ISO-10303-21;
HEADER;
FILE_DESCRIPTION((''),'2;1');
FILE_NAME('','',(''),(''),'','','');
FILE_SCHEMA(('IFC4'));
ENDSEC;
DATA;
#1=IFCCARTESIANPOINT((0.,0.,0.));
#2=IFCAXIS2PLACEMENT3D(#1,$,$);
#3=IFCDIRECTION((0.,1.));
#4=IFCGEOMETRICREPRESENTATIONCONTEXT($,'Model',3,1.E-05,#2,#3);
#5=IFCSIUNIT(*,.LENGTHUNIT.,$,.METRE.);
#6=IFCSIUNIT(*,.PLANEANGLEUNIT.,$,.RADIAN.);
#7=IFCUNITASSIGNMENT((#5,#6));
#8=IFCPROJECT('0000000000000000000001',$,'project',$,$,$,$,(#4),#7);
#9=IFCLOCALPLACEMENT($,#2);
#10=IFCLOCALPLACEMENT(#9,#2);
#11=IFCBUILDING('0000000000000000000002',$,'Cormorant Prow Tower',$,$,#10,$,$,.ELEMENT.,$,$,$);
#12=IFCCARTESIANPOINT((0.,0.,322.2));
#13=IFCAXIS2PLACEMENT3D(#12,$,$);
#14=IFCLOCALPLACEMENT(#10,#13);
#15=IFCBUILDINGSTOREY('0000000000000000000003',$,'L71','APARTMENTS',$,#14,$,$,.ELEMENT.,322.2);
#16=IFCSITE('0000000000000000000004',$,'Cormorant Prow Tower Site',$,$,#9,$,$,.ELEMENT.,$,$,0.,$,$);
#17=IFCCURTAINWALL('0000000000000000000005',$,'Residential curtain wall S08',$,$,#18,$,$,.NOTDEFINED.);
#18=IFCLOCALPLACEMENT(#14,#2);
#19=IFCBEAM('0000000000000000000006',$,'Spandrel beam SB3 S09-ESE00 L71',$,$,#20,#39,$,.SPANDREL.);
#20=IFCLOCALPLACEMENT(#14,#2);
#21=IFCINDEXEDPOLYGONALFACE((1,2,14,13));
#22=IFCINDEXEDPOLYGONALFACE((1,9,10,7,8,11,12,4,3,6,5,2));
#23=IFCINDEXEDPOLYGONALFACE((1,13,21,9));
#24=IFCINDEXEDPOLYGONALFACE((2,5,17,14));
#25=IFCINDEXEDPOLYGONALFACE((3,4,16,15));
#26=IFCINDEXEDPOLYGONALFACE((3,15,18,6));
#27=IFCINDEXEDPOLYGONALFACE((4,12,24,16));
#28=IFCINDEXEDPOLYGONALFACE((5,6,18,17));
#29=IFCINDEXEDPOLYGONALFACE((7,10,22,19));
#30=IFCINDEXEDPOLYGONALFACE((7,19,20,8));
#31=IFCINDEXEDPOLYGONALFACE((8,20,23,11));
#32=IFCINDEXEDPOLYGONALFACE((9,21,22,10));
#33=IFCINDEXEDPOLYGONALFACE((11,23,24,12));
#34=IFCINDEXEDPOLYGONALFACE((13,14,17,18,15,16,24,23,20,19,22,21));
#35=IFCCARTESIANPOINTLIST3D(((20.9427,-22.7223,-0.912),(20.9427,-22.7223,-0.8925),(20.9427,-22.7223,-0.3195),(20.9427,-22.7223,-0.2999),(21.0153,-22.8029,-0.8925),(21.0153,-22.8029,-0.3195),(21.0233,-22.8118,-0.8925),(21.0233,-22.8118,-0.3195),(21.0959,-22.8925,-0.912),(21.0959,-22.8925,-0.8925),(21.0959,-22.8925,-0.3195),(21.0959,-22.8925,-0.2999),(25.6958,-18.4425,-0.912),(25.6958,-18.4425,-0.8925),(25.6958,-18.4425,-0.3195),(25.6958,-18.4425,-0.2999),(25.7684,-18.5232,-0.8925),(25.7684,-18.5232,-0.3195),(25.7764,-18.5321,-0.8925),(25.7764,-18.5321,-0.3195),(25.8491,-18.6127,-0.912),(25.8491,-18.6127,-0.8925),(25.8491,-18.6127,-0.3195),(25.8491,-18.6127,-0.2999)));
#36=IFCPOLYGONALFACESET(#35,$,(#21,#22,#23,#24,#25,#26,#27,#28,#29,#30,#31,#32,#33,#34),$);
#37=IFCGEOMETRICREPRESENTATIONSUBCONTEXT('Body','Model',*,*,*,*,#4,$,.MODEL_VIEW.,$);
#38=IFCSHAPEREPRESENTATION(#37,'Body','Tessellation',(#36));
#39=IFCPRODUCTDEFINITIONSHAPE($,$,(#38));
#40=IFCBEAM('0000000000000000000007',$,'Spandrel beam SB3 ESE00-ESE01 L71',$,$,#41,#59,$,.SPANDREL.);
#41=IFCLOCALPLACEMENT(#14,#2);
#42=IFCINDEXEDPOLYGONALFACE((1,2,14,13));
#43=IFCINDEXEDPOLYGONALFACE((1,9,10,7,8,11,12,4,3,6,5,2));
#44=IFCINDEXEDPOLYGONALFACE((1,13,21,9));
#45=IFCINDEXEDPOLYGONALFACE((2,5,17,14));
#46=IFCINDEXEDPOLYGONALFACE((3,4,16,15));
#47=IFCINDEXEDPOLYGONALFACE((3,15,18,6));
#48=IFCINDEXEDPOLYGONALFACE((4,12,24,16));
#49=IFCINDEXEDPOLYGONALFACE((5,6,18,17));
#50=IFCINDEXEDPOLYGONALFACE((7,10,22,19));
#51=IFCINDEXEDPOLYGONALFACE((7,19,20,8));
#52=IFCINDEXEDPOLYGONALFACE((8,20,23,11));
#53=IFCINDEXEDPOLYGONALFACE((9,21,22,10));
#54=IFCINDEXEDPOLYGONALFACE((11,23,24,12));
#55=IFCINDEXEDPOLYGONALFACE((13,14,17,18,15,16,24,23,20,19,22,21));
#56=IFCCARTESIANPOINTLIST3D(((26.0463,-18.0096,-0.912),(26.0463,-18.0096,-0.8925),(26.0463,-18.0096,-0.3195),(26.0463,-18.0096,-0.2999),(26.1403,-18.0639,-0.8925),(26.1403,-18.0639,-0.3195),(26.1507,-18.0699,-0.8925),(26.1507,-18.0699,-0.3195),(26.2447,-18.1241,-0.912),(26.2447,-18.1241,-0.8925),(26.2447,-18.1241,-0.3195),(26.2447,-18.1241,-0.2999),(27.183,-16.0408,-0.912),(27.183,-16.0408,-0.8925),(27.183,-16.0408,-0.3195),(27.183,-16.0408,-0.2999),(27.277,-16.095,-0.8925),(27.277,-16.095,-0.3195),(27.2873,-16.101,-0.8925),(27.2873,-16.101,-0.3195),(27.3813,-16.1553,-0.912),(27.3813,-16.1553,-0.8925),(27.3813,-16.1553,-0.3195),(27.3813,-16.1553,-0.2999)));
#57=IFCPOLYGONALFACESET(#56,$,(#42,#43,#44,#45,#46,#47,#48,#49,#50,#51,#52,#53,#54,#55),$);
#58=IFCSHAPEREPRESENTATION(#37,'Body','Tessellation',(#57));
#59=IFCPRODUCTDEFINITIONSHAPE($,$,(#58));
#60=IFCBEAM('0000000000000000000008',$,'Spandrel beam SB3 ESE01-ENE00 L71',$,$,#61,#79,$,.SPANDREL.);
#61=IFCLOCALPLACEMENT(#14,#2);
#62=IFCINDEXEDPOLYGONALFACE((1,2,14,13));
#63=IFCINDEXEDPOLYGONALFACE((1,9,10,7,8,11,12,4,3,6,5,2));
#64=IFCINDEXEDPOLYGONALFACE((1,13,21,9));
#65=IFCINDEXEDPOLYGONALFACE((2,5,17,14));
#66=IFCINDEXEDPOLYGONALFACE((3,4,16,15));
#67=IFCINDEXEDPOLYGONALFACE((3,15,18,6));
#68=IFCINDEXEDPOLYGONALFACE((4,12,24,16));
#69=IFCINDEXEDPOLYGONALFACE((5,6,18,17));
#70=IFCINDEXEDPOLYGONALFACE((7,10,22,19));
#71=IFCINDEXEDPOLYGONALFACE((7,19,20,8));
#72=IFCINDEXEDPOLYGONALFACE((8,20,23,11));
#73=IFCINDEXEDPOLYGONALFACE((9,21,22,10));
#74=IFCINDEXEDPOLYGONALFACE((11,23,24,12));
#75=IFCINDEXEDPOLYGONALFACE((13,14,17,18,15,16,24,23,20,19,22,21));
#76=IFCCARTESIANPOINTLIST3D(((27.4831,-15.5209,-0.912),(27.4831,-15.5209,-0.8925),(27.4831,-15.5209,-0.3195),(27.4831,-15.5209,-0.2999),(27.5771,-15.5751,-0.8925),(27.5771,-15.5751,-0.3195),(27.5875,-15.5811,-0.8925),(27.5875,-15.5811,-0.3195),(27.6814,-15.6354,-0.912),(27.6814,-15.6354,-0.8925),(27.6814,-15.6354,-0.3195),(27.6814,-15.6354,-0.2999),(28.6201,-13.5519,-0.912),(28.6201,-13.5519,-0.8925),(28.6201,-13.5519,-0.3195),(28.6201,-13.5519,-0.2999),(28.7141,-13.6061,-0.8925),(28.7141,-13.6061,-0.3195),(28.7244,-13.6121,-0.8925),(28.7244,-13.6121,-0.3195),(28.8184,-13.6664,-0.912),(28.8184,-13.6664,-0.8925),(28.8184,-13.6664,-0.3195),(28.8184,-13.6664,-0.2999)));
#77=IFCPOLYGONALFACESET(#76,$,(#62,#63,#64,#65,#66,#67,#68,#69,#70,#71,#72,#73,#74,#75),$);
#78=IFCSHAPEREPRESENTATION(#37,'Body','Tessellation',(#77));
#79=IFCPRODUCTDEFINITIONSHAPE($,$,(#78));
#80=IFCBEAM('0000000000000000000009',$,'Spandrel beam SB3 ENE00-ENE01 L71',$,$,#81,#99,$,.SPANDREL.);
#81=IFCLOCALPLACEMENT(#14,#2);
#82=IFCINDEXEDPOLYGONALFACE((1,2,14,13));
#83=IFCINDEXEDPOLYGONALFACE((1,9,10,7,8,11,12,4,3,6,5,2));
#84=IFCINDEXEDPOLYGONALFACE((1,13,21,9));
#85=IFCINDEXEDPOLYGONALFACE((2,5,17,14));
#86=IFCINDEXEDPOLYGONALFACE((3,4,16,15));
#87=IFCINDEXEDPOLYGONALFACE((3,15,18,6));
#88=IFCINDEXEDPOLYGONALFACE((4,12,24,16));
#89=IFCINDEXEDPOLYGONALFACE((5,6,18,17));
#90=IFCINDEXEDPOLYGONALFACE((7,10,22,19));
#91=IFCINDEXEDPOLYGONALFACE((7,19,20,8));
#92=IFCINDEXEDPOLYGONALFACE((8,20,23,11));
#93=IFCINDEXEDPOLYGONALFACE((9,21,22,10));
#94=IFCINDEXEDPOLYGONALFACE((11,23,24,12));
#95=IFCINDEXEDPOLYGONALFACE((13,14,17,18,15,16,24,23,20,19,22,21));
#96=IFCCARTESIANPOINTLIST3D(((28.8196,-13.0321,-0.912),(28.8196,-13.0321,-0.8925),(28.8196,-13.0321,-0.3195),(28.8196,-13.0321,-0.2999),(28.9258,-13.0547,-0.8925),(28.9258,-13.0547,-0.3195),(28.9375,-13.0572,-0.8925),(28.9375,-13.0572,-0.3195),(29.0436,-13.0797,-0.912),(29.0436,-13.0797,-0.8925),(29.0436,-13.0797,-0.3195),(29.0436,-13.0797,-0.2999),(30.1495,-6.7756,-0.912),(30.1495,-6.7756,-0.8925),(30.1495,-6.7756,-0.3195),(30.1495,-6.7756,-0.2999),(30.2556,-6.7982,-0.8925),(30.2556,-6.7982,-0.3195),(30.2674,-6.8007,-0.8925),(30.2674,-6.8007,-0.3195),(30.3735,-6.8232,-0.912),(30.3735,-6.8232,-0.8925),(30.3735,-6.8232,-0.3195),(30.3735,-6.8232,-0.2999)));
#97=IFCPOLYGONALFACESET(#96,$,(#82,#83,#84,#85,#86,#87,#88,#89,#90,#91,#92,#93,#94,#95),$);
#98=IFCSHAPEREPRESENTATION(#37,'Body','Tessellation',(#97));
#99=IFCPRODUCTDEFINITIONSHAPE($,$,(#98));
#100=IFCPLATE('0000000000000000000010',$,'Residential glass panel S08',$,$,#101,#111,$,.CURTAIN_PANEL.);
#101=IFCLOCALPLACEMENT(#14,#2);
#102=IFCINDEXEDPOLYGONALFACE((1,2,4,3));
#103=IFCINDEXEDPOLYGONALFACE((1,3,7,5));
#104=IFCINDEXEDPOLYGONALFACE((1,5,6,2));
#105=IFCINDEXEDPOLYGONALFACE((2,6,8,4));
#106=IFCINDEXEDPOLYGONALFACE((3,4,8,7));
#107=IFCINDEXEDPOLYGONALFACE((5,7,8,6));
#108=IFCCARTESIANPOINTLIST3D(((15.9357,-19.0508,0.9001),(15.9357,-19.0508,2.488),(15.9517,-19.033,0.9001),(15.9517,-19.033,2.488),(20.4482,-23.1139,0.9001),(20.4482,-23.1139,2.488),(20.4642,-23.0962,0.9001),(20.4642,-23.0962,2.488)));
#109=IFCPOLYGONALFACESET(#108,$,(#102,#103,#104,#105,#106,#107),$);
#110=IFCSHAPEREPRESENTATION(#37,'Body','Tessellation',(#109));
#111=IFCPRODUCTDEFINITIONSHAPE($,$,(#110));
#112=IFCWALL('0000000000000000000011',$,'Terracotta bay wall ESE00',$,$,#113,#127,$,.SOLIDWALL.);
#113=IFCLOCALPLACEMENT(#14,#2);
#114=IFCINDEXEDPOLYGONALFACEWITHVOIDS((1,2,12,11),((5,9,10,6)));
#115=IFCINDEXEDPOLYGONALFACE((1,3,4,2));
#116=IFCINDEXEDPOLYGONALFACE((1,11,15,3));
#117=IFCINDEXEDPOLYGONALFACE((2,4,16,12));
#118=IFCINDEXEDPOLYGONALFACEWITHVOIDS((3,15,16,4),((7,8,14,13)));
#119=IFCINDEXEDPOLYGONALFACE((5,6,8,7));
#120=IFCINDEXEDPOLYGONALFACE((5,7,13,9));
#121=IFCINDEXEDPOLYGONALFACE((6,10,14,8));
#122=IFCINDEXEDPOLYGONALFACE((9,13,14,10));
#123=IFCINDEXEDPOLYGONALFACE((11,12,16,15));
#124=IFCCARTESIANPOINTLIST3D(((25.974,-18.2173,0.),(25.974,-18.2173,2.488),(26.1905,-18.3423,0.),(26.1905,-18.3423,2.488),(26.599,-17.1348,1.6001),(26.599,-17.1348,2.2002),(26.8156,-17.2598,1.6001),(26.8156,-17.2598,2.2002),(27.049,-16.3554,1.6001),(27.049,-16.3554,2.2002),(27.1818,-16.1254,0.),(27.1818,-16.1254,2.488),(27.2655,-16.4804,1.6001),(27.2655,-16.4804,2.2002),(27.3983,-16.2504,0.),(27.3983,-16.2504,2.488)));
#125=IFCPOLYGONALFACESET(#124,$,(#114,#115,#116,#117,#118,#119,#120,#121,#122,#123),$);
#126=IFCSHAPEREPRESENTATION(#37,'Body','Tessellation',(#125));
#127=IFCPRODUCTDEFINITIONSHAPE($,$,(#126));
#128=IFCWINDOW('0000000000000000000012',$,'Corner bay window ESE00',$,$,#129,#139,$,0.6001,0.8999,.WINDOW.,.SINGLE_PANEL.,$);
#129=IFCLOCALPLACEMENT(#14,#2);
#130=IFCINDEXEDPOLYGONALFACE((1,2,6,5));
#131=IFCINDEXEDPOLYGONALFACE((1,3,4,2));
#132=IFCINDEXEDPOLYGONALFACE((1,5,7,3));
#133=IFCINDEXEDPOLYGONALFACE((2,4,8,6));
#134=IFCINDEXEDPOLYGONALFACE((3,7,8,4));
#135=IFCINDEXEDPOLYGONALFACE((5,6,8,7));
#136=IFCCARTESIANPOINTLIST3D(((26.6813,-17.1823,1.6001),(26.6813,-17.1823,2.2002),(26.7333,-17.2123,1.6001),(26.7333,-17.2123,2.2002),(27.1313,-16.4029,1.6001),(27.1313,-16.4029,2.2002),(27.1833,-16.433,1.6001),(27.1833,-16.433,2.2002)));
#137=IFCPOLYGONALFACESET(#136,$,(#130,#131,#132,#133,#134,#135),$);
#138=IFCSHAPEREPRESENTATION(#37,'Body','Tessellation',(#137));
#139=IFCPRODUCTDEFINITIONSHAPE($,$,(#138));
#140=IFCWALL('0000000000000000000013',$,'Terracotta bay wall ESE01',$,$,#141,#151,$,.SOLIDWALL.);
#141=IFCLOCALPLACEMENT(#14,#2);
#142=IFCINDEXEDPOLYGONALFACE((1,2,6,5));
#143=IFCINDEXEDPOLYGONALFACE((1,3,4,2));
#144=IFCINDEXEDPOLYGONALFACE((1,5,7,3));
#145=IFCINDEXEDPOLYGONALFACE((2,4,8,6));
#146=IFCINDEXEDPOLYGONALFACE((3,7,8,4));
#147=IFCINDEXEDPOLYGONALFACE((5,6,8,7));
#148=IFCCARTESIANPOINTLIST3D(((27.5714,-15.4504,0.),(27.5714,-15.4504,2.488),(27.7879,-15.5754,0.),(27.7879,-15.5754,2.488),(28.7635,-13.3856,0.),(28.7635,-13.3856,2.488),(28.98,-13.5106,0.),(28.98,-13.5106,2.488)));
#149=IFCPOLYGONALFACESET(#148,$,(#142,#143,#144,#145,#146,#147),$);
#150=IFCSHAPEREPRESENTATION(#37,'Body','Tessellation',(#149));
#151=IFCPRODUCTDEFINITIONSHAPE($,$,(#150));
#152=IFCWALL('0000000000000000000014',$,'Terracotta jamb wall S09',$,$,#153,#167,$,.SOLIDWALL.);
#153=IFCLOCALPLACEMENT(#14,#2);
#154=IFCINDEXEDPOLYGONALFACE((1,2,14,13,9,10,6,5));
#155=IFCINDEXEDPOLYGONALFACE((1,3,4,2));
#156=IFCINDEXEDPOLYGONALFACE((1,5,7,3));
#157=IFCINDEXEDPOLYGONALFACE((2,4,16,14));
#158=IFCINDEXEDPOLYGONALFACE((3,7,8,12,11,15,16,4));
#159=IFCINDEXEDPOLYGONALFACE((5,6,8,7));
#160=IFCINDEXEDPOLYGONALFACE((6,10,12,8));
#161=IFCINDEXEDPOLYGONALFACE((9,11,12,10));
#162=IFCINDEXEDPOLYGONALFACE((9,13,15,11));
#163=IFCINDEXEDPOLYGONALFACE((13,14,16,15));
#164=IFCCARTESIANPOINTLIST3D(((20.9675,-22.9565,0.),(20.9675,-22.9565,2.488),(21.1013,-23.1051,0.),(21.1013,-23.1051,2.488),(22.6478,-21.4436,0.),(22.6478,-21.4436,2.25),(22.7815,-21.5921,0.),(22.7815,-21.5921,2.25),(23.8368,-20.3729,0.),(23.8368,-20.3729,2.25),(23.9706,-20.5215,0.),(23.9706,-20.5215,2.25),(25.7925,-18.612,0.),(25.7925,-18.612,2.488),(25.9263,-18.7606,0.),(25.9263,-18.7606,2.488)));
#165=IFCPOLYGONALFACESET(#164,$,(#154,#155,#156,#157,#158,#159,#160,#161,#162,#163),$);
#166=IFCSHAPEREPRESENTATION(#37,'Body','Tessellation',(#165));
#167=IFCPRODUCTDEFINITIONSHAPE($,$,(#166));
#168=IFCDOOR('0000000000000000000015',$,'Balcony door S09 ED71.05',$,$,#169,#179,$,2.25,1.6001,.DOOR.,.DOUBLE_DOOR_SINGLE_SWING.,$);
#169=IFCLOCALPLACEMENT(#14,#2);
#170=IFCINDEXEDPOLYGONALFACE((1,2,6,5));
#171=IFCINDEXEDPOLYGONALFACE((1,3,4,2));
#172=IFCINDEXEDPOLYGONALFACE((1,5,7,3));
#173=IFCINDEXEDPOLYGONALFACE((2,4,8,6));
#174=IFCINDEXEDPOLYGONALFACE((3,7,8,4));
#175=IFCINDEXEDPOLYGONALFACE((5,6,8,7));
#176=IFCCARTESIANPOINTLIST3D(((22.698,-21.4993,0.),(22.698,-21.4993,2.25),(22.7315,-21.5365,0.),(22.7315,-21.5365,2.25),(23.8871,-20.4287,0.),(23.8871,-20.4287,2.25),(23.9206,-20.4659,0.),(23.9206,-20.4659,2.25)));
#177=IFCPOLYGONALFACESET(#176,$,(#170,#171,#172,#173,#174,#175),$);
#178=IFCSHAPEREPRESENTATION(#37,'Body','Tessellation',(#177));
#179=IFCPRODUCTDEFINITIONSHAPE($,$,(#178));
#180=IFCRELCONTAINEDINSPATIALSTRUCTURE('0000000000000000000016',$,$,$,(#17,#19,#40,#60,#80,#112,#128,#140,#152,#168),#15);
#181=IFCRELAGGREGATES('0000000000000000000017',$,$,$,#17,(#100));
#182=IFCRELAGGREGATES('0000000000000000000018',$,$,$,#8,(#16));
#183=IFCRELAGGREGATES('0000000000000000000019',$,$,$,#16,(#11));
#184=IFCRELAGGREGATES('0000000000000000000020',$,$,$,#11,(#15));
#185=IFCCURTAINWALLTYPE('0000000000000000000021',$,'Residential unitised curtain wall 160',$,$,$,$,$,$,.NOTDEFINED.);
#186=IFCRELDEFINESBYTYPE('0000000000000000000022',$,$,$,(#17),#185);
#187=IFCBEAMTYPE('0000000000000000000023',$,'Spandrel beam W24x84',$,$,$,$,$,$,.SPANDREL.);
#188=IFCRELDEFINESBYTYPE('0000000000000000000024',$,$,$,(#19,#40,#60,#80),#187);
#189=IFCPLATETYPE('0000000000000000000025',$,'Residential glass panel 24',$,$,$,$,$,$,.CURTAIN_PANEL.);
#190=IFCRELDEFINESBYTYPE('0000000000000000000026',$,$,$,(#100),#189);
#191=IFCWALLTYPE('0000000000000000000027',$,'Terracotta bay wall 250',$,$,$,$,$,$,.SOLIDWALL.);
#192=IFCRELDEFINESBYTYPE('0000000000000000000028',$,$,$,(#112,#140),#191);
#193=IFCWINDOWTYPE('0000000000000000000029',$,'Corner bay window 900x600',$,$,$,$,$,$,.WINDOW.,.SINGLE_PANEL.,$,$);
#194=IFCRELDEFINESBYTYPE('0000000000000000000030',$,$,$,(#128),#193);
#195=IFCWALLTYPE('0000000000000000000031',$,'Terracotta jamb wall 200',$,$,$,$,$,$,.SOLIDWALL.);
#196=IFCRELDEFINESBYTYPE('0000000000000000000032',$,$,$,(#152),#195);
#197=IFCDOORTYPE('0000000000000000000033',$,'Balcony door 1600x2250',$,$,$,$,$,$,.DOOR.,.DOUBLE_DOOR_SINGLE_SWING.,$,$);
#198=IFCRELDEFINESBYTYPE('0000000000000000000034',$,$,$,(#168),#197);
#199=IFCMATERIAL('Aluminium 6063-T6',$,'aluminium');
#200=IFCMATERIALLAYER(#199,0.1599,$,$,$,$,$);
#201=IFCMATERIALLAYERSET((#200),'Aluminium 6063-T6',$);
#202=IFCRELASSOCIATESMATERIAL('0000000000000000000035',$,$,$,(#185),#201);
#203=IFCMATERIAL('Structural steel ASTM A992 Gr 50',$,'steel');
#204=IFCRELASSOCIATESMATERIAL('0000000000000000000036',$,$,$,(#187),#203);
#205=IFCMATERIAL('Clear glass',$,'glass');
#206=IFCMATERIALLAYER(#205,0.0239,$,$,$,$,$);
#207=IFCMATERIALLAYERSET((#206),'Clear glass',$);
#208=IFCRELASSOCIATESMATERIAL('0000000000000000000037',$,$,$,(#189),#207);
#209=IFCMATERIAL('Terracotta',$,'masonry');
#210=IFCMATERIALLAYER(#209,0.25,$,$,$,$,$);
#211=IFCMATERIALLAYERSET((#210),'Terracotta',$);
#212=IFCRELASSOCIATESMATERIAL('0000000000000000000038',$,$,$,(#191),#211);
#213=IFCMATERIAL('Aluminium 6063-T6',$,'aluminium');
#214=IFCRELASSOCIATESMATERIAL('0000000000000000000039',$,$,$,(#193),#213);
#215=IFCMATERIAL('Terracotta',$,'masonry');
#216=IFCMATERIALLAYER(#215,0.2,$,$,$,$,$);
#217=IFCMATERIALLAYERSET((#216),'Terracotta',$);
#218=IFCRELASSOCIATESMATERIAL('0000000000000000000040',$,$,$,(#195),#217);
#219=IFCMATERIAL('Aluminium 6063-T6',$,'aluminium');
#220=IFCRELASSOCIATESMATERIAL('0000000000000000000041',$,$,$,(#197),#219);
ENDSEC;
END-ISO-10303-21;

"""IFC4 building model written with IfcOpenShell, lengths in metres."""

from ifc_helpers import new_model, si_unit, direction, frame, frame_2d, origin, origin_2d, place, context, subcontext, project, spatial, rectangle, i_section, extrude, material, layer, layer_set, material_profile, profile_set, type_object, element, fill, aggregate, save


model = new_model("IFC4")

# Units and contexts
model_context = context("Model", 3, precision=1e-05, world=origin(), true_north=direction((0.0, 1.0)))
body_context = subcontext(model_context, "Body", "Model", "MODEL_VIEW")
ifc_project = project(units=[si_unit("LENGTHUNIT", "METRE"), si_unit("PLANEANGLEUNIT", "RADIAN")], contexts=[model_context])

# Site, building, storey
site_placement = place(None, origin())
site = spatial("IfcSite", under=ifc_project, at=site_placement, Name="Cormorant Prow Tower Site", CompositionType="ELEMENT", RefElevation=0.0)
building_placement = place(site_placement, origin())
building = spatial("IfcBuilding", under=site, at=building_placement, Name="Cormorant Prow Tower", CompositionType="ELEMENT")
storey_placement = place(building_placement, frame((0.0, 0.0, 322.2)))
storey = spatial("IfcBuildingStorey", under=building, at=storey_placement, Name="L71", Description="APARTMENTS", CompositionType="ELEMENT", Elevation=322.2)

# Curtain wall
ifc_material_1 = material(Name="Aluminium 6063-T6", Category="aluminium")
ifc_layer_1 = layer(ifc_material_1, 0.1599)
ifc_layer_set_1 = layer_set([ifc_layer_1], Name="Aluminium 6063-T6")
curtain_wall_type = type_object("IfcCurtainWallType", Name="Residential unitised curtain wall 160", PredefinedType="NOTDEFINED", material=ifc_layer_set_1)
curtain_wall_1_placement = place(storey_placement, origin())
curtain_wall_1 = element("IfcCurtainWall", 1, at=curtain_wall_1_placement, inside=storey, type_object=curtain_wall_type, Name="Residential curtain wall S08", PredefinedType="NOTDEFINED")

# Beams
ifc_material_2 = material(Name="Structural steel ASTM A992 Gr 50", Category="steel")
ifc_material_profile_1 = material_profile(ifc_material_2, i_section(OverallWidth=0.229, OverallDepth=0.6121, WebThickness=0.012, FlangeThickness=0.0195, at=origin_2d()), Name="W24x84")
ifc_profile_set_1 = profile_set([ifc_material_profile_1], Name="Structural steel ASTM A992 Gr 50")
beam_type = type_object("IfcBeamType", Name="Spandrel beam W24x84", PredefinedType="SPANDREL", material=ifc_profile_set_1)
beam_1_placement = place(storey_placement, frame((21.0193, -22.8074, -0.606), z_axis=(0.743144, 0.669131, 0.0), x_axis=(-0.669131, 0.743144, 0.0)))
element("IfcBeam", 2, at=beam_1_placement, inside=storey, type_object=beam_type, Name="Spandrel beam SB3 S09-ESE00 L71", PredefinedType="SPANDREL", context=body_context, shape_type="SweptSolid", body=[
    extrude(i_section(OverallWidth=0.229, OverallDepth=0.6121, WebThickness=0.012, FlangeThickness=0.0195, at=origin_2d()), origin(), (0.0, 0.0, 1.0), 6.396),
])
beam_2_placement = place(storey_placement, frame((26.1455, -18.0669, -0.606), z_axis=(0.499973, 0.866041, 0.0), x_axis=(-0.866041, 0.499973, 0.0)))
element("IfcBeam", 3, at=beam_2_placement, inside=storey, type_object=beam_type, Name="Spandrel beam SB3 ESE00-ESE01 L71", PredefinedType="SPANDREL", context=body_context, shape_type="SweptSolid", body=[
    extrude(i_section(OverallWidth=0.229, OverallDepth=0.6121, WebThickness=0.012, FlangeThickness=0.0195, at=origin_2d()), origin(), (0.0, 0.0, 1.0), 2.2734),
])
beam_3_placement = place(storey_placement, frame((27.5823, -15.5781, -0.606), z_axis=(0.500054, 0.865994, 0.0), x_axis=(-0.865994, 0.500054, 0.0)))
element("IfcBeam", 4, at=beam_3_placement, inside=storey, type_object=beam_type, Name="Spandrel beam SB3 ESE01-ENE00 L71", PredefinedType="SPANDREL", context=body_context, shape_type="SweptSolid", body=[
    extrude(i_section(OverallWidth=0.229, OverallDepth=0.6121, WebThickness=0.012, FlangeThickness=0.0195, at=origin_2d()), origin(), (0.0, 0.0, 1.0), 2.2737),
])
beam_4_placement = place(storey_placement, frame((28.9316, -13.0559, -0.606), z_axis=(0.207913, 0.978147, 0.0), x_axis=(-0.978147, 0.207913, 0.0)))
element("IfcBeam", 5, at=beam_4_placement, inside=storey, type_object=beam_type, Name="Spandrel beam SB3 ENE00-ENE01 L71", PredefinedType="SPANDREL", context=body_context, shape_type="SweptSolid", body=[
    extrude(i_section(OverallWidth=0.229, OverallDepth=0.6121, WebThickness=0.012, FlangeThickness=0.0195, at=origin_2d()), origin(), (0.0, 0.0, 1.0), 6.3962),
])

# Plate
ifc_material_3 = material(Name="Clear glass", Category="glass")
ifc_layer_2 = layer(ifc_material_3, 0.0239)
ifc_layer_set_2 = layer_set([ifc_layer_2], Name="Clear glass")
plate_type = type_object("IfcPlateType", Name="Residential glass panel 24", PredefinedType="CURTAIN_PANEL", material=ifc_layer_set_2)
plate_placement = place(storey_placement, frame((18.2, -21.0735, 0.9001), z_axis=(0.0, 0.0, 1.0), x_axis=(0.743145, -0.669131, 0.0)))
plate = element("IfcPlate", 6, at=plate_placement, type_object=plate_type, Name="Residential glass panel S08", PredefinedType="CURTAIN_PANEL", context=body_context, shape_type="SweptSolid", body=[
    extrude(rectangle(XDim=6.0723, YDim=0.0239, at=origin_2d()), origin(), (0.0, 0.0, 1.0), 1.5879),
])
aggregate(curtain_wall_1, [plate])

# Wall, opening, window
ifc_material_4 = material(Name="Terracotta", Category="masonry")
ifc_layer_3 = layer(ifc_material_4, 0.25)
ifc_layer_set_3 = layer_set([ifc_layer_3], Name="Terracotta")
wall_type_1 = type_object("IfcWallType", Name="Terracotta bay wall 250", PredefinedType="SOLIDWALL", material=ifc_layer_set_3)
wall_1_placement = place(storey_placement, frame((26.0823, -18.2798, 0.0), z_axis=(0.0, 0.0, 1.0), x_axis=(0.50002, 0.866014, 0.0)))
wall_1 = element("IfcWall", 7, at=wall_1_placement, inside=storey, type_object=wall_type_1, Name="Terracotta bay wall ESE00", PredefinedType="SOLIDWALL", context=body_context, shape_type="SweptSolid", body=[
    extrude(rectangle(XDim=2.4155, YDim=0.25, at=frame_2d((1.2078, 0.0))), origin(), (0.0, 0.0, 1.0), 2.488),
])
opening_1_placement = place(wall_1_placement, frame((1.25, 0.0, 1.6001)))
opening_1 = element("IfcOpeningElement", 8, at=opening_1_placement, cuts=wall_1, PredefinedType="OPENING", context=body_context, shape_type="SweptSolid", body=[
    extrude(rectangle(XDim=0.8999, YDim=0.6001, at=frame_2d((0.45, 0.3))), frame((0.0, 0.135, 0.0), z_axis=(0.0, -1.0, 0.0), x_axis=(1.0, 0.0, 0.0)), (0.0, 0.0, 1.0), 0.27),
])
ifc_material_5 = material(Name="Aluminium 6063-T6", Category="aluminium")
window_type = type_object("IfcWindowType", Name="Corner bay window 900x600", PartitioningType="SINGLE_PANEL", PredefinedType="WINDOW", material=ifc_material_5)
window_placement = place(opening_1_placement, origin())
window = element("IfcWindow", 9, at=window_placement, inside=storey, type_object=window_type, Name="Corner bay window ESE00", OverallHeight=0.6001, OverallWidth=0.8999, PartitioningType="SINGLE_PANEL", PredefinedType="WINDOW", context=body_context, shape_type="SweptSolid", body=[
    extrude(rectangle(XDim=0.8999, YDim=0.6001, at=frame_2d((0.45, 0.3))), frame((0.0, 0.03, 0.0), z_axis=(0.0, -1.0, 0.0), x_axis=(1.0, 0.0, 0.0)), (0.0, 0.0, 1.0), 0.0601),
])
fill(opening_1, window)

# Wall
wall_2_placement = place(storey_placement, frame((27.6797, -15.5129, 0.0), z_axis=(0.0, 0.0, 1.0), x_axis=(0.499982, 0.866036, 0.0)))
element("IfcWall", 10, at=wall_2_placement, inside=storey, type_object=wall_type_1, Name="Terracotta bay wall ESE01", PredefinedType="SOLIDWALL", context=body_context, shape_type="SweptSolid", body=[
    extrude(rectangle(XDim=2.3843, YDim=0.25, at=frame_2d((1.1921, 0.0))), origin(), (0.0, 0.0, 1.0), 2.488),
])

# Wall, opening, door
ifc_material_6 = material(Name="Terracotta", Category="masonry")
ifc_layer_4 = layer(ifc_material_6, 0.2)
ifc_layer_set_4 = layer_set([ifc_layer_4], Name="Terracotta")
wall_type_2 = type_object("IfcWallType", Name="Terracotta jamb wall 200", PredefinedType="SOLIDWALL", material=ifc_layer_set_4)
wall_3_placement = place(storey_placement, frame((21.0344, -23.0308, 0.0), z_axis=(0.0, 0.0, 1.0), x_axis=(0.743139, 0.669137, 0.0)))
wall_3 = element("IfcWall", 11, at=wall_3_placement, inside=storey, type_object=wall_type_2, Name="Terracotta jamb wall S09", PredefinedType="SOLIDWALL", context=body_context, shape_type="SweptSolid", body=[
    extrude(rectangle(XDim=6.4927, YDim=0.2, at=frame_2d((3.2463, 0.0))), origin(), (0.0, 0.0, 1.0), 2.488),
])
opening_2_placement = place(wall_3_placement, frame((2.261, 0.0, 0.0)))
opening_2 = element("IfcOpeningElement", 12, at=opening_2_placement, cuts=wall_3, PredefinedType="OPENING", context=body_context, shape_type="SweptSolid", body=[
    extrude(rectangle(XDim=1.6001, YDim=2.25, at=frame_2d((0.8, 1.125))), frame((0.0, 0.1099, 0.0), z_axis=(0.0, -1.0, 0.0), x_axis=(1.0, 0.0, 0.0)), (0.0, 0.0, 1.0), 0.22),
])
ifc_material_7 = material(Name="Aluminium 6063-T6", Category="aluminium")
door_type = type_object("IfcDoorType", Name="Balcony door 1600x2250", OperationType="DOUBLE_DOOR_SINGLE_SWING", PredefinedType="DOOR", material=ifc_material_7)
door_placement = place(opening_2_placement, origin())
door = element("IfcDoor", 13, at=door_placement, inside=storey, type_object=door_type, Name="Balcony door S09 ED71.05", OperationType="DOUBLE_DOOR_SINGLE_SWING", OverallHeight=2.25, OverallWidth=1.6001, PredefinedType="DOOR", context=body_context, shape_type="SweptSolid", body=[
    extrude(rectangle(XDim=1.6001, YDim=2.25, at=frame_2d((0.8, 1.125))), frame((0.0, 0.0249, 0.0), z_axis=(0.0, -1.0, 0.0), x_axis=(1.0, 0.0, 0.0)), (0.0, 0.0, 1.0), 0.05),
])
fill(opening_2, door)

save(model, "model.ifc")
